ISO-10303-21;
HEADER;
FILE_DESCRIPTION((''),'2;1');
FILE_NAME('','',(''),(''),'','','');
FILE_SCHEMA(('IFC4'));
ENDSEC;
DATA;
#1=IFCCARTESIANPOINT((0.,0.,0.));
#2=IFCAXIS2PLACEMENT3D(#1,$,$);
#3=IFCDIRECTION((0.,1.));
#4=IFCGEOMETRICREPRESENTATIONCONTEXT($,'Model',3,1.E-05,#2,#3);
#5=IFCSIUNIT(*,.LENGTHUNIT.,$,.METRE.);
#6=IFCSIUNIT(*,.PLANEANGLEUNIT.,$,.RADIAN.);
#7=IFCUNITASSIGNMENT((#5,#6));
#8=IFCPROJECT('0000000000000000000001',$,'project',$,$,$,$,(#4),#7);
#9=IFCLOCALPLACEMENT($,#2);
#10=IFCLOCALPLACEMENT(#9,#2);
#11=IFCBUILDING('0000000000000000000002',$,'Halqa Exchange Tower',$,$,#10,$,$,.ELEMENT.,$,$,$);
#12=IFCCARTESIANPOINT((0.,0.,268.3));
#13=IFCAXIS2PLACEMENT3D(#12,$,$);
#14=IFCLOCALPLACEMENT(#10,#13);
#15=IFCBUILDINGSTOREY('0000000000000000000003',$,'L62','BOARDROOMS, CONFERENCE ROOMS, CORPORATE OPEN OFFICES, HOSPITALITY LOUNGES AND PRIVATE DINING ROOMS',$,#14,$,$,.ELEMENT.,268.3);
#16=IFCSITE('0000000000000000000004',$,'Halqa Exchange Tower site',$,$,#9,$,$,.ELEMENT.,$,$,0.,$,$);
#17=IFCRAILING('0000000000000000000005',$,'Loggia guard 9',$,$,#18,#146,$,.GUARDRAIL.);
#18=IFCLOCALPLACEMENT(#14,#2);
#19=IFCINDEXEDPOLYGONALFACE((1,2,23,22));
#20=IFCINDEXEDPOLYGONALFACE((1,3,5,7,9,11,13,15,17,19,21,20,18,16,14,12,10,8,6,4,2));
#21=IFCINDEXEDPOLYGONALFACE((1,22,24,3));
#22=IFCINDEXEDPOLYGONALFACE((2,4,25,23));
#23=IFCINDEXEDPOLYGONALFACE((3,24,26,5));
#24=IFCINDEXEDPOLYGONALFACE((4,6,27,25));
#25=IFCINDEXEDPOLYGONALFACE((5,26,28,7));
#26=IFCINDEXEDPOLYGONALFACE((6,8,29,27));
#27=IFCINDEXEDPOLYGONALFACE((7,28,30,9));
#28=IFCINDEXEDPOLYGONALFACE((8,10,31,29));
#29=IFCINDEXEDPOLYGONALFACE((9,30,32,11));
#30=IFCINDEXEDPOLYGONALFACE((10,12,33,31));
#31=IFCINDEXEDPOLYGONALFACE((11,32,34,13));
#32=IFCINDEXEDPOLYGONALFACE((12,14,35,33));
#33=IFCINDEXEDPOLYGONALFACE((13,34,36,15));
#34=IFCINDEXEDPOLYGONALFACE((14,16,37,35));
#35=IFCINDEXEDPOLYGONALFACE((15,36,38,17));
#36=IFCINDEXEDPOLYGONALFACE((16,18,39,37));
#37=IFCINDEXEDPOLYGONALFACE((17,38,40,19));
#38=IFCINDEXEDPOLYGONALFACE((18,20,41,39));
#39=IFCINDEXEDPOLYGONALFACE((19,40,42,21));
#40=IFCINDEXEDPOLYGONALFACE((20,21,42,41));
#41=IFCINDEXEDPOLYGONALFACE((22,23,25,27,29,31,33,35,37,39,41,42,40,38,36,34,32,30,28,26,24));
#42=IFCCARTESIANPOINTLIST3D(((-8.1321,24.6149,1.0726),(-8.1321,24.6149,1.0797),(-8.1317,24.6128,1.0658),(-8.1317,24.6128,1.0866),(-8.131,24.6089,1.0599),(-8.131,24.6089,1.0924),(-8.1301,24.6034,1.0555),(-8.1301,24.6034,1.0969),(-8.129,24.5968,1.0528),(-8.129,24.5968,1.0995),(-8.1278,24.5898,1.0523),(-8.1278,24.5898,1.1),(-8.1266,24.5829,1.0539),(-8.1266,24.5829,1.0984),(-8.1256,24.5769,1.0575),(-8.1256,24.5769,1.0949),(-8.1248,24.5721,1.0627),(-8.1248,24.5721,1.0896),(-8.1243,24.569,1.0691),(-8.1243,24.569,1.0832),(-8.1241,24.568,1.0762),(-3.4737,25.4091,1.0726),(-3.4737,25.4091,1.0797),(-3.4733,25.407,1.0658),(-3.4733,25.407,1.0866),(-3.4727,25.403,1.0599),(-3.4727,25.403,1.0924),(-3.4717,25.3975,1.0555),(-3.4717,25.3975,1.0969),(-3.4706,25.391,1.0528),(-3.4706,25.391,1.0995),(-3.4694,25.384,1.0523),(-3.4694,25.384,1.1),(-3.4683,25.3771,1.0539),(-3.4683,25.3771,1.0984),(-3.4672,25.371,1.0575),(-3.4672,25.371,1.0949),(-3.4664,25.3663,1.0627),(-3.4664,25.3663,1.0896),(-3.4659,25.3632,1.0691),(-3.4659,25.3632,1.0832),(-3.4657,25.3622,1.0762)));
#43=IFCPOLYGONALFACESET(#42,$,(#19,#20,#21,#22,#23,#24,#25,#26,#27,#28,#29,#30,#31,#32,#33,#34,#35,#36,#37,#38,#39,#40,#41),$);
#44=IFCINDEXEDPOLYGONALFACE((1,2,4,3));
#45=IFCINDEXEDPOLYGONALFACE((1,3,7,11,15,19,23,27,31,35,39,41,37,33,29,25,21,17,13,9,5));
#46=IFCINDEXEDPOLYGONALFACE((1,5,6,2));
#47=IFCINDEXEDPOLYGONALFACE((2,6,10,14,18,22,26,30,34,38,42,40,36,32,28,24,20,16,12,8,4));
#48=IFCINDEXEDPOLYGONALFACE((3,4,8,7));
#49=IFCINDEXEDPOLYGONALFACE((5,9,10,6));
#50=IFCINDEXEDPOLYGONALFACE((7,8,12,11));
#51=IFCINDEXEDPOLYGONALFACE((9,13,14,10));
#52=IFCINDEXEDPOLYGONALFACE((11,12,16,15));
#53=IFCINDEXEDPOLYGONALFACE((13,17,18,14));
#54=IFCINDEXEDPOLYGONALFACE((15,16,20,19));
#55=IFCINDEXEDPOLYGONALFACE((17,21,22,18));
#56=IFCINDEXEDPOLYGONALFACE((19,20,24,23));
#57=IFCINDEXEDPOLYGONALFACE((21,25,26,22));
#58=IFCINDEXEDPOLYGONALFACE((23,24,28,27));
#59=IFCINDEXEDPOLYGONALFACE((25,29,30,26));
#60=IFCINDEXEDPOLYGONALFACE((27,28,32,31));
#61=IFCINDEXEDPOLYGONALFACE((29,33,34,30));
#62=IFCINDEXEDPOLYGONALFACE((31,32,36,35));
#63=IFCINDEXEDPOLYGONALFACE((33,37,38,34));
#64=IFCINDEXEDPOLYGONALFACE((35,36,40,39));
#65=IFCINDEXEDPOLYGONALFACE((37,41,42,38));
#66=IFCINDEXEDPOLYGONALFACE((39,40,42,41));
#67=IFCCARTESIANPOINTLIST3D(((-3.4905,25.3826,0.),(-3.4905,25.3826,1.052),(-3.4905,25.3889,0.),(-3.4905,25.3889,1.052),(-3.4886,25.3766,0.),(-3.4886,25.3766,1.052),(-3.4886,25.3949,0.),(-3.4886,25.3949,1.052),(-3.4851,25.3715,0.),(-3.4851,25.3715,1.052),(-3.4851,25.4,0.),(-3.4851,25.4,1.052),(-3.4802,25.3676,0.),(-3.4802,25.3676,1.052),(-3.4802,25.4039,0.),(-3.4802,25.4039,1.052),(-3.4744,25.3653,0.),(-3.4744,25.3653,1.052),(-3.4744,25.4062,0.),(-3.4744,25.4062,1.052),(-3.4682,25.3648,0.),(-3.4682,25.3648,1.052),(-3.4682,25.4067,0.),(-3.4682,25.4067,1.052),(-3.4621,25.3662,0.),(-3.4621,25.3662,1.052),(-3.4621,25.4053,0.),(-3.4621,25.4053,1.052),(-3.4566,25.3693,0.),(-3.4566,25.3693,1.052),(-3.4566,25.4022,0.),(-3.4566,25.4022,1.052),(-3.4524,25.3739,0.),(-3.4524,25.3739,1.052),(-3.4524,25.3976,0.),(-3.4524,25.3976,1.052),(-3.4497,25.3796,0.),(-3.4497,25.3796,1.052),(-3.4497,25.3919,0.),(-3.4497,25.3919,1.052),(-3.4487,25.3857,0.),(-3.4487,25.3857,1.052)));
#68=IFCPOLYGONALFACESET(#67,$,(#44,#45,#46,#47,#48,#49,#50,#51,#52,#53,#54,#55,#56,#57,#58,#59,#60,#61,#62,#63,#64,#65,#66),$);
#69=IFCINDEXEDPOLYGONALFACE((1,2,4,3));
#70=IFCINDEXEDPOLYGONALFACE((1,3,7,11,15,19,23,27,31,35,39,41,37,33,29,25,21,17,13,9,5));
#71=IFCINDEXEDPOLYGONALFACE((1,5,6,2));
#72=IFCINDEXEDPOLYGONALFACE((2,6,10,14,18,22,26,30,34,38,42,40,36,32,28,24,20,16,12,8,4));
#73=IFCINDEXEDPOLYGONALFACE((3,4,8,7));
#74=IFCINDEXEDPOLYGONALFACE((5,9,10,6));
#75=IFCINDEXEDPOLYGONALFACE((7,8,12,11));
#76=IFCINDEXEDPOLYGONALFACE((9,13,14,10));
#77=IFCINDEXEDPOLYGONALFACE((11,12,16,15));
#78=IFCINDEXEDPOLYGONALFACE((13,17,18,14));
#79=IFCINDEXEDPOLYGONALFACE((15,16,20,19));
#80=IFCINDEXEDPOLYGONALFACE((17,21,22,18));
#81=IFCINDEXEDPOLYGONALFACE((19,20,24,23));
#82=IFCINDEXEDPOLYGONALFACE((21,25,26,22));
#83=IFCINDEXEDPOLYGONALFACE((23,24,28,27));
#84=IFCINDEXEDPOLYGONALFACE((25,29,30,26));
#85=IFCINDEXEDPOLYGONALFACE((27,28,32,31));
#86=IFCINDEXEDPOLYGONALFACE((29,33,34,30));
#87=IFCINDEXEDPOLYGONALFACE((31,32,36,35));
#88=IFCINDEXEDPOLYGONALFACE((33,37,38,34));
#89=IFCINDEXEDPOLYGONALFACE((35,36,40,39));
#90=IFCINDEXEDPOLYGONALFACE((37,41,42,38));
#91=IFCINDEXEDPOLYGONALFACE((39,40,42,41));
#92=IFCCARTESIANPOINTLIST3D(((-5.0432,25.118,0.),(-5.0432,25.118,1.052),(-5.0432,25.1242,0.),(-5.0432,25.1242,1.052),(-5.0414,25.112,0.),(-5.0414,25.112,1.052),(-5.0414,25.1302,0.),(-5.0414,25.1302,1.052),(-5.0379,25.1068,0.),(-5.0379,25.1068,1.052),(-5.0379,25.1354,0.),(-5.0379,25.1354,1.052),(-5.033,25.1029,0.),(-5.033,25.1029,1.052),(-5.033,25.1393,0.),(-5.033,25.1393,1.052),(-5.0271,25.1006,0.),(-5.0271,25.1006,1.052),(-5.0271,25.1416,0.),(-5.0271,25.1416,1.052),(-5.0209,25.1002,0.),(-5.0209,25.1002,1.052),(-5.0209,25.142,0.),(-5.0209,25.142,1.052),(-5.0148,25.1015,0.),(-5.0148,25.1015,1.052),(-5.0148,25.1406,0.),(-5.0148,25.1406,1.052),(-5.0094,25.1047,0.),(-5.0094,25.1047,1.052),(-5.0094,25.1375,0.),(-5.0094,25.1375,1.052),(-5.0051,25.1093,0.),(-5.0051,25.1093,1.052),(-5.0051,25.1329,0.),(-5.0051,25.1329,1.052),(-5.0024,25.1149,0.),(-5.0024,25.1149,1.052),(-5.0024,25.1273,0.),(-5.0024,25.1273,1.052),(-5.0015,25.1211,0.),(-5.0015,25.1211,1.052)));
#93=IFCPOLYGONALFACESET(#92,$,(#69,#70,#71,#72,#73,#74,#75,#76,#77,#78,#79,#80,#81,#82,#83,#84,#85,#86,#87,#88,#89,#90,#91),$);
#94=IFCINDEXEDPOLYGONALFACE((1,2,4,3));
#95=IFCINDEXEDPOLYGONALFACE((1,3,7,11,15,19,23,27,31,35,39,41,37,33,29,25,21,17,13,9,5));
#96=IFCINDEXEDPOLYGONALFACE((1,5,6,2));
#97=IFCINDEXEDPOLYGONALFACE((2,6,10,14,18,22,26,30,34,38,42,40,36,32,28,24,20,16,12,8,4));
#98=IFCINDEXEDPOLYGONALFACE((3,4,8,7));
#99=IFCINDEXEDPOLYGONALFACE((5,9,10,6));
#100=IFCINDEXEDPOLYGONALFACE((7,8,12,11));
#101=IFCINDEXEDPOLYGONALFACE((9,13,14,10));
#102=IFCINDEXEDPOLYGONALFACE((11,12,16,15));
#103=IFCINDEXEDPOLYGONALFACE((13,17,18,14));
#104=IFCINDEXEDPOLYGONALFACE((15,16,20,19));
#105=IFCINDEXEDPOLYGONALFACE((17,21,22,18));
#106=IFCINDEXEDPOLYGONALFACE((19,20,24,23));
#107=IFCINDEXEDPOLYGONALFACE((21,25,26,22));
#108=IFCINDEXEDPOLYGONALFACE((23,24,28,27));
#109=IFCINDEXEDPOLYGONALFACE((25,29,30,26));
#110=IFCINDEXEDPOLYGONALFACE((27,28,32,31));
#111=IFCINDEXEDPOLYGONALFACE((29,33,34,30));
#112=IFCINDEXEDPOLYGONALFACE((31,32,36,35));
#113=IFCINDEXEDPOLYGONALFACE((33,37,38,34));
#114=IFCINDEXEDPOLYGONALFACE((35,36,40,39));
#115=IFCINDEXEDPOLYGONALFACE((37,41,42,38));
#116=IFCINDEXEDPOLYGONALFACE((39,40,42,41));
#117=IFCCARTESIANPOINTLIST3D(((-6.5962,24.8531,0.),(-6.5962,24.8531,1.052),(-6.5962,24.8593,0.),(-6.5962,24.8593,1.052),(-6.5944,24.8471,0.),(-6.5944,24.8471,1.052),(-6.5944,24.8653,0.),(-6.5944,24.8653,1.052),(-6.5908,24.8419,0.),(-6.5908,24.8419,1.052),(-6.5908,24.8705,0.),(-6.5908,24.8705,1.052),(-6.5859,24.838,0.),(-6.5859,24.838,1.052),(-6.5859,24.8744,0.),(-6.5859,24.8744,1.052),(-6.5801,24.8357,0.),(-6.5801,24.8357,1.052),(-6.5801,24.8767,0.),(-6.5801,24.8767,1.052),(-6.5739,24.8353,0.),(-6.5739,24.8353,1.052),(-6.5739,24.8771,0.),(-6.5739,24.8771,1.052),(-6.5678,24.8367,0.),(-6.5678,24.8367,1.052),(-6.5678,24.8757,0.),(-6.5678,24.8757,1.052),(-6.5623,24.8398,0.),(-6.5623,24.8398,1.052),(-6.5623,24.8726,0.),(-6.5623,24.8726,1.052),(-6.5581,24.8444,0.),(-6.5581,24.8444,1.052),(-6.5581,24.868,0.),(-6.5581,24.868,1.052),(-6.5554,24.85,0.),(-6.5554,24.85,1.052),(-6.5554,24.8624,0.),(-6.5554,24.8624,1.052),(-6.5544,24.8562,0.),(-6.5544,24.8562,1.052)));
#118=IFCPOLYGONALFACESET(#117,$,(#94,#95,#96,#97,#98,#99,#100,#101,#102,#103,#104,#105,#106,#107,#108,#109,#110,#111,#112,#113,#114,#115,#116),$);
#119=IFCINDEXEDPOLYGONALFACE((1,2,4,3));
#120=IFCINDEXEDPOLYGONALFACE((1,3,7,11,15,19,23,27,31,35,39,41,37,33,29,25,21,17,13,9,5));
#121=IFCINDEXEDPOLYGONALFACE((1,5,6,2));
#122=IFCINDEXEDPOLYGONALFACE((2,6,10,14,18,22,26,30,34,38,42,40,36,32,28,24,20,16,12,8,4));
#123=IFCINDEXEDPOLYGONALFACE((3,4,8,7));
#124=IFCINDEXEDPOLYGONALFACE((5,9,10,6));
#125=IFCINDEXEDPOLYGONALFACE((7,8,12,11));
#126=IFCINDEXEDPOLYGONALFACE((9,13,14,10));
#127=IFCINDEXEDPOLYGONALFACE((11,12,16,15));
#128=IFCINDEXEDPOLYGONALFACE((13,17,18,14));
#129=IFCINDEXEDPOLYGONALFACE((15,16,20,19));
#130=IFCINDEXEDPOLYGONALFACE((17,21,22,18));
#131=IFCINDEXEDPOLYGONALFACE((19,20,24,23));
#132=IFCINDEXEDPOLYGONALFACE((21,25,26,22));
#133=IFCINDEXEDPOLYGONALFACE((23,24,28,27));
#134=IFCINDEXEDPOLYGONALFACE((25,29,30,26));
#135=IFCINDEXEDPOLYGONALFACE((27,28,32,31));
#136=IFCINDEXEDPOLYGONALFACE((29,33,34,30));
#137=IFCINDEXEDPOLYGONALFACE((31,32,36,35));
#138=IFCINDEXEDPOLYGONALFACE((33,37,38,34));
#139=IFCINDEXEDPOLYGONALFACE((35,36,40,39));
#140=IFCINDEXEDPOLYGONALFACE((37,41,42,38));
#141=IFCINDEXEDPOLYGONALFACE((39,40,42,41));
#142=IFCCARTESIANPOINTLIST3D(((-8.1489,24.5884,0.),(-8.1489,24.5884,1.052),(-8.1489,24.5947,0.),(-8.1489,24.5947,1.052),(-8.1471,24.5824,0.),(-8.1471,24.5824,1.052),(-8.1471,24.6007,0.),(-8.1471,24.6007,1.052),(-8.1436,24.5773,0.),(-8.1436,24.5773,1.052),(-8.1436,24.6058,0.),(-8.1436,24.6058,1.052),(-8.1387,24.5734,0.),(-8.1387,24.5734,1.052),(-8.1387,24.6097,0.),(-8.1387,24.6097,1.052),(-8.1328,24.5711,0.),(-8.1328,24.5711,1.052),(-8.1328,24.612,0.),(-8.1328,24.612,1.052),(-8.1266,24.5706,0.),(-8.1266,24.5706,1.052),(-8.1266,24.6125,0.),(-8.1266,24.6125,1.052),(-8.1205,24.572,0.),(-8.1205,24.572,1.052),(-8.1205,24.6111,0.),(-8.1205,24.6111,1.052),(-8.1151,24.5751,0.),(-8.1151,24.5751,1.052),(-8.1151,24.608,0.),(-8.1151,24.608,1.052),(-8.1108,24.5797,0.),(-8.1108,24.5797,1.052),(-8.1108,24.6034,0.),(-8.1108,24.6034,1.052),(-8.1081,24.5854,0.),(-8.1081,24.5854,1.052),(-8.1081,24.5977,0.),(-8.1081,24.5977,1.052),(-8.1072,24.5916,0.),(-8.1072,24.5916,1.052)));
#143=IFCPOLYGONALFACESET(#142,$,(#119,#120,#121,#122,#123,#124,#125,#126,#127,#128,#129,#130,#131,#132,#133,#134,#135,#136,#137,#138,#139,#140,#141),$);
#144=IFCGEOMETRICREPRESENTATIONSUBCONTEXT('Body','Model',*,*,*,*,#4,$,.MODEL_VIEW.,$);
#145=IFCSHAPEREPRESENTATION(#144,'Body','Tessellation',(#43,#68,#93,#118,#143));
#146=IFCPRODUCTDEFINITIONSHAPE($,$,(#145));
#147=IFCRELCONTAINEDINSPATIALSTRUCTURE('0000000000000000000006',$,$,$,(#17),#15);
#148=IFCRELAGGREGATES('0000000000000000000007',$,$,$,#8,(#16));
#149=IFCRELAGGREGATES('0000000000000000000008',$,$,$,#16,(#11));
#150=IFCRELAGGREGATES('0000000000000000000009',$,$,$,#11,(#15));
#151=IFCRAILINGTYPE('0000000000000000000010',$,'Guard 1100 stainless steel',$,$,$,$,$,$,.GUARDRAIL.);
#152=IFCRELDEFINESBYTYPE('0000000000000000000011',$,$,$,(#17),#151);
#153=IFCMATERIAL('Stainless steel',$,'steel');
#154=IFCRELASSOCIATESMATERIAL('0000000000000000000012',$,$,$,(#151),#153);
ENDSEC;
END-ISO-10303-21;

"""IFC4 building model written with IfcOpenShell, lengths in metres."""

from ifc_helpers import new_model, si_unit, direction, frame, origin, origin_2d, place, context, subcontext, project, spatial, circle, extrude, material, type_object, element, save


model = new_model("IFC4")

# Units and contexts
model_context = context("Model", 3, precision=1e-05, world=origin(), true_north=direction((0.0, 1.0)))
body_context = subcontext(model_context, "Body", "Model", "MODEL_VIEW")
ifc_project = project(units=[si_unit("LENGTHUNIT", "METRE"), si_unit("PLANEANGLEUNIT", "RADIAN")], contexts=[model_context])

# Site, building, storey
site_placement = place(None, origin())
site = spatial("IfcSite", under=ifc_project, at=site_placement, Name="Halqa Exchange Tower site", CompositionType="ELEMENT", RefElevation=0.0)
building_placement = place(site_placement, origin())
building = spatial("IfcBuilding", under=site, at=building_placement, Name="Halqa Exchange Tower", CompositionType="ELEMENT")
storey_placement = place(building_placement, frame((0.0, 0.0, 268.3)))
storey = spatial("IfcBuildingStorey", under=building, at=storey_placement, Name="L62", Description="BOARDROOMS, CONFERENCE ROOMS, CORPORATE OPEN OFFICES, HOSPITALITY LOUNGES AND PRIVATE DINING ROOMS", CompositionType="ELEMENT", Elevation=268.3)

# Railing
ifc_material_1 = material(Name="Stainless steel", Category="steel")
railing_type_1 = type_object("IfcRailingType", Name="Guard 1100 stainless steel", PredefinedType="GUARDRAIL", material=ifc_material_1)
railing_1_placement = place(storey_placement, frame((-3.4697, 25.3857, 0.0)))
element("IfcRailing", 1, at=railing_1_placement, inside=storey, type_object=railing_type_1, Name="Loggia guard 9", PredefinedType="GUARDRAIL", context=body_context, shape_type="SweptSolid", body=[
    extrude(circle(Radius=0.0239, at=origin_2d()), frame((0.0, 0.0, 1.0762), z_axis=(-0.985777, -0.168059, 0.0), x_axis=(0.168059, -0.985777, 0.0)), (0.0, 0.0, 1.0), 4.7256),
    extrude(circle(Radius=0.021, at=origin_2d()), origin(), (0.0, 0.0, 1.0), 1.052),
    extrude(circle(Radius=0.021, at=origin_2d()), frame((-1.5527, -0.2646, 0.0)), (0.0, 0.0, 1.0), 1.052),
    extrude(circle(Radius=0.021, at=origin_2d()), frame((-3.1057, -0.5295, 0.0)), (0.0, 0.0, 1.0), 1.052),
    extrude(circle(Radius=0.021, at=origin_2d()), frame((-4.6584, -0.7942, 0.0)), (0.0, 0.0, 1.0), 1.052),
])

save(model, "model.ifc")
